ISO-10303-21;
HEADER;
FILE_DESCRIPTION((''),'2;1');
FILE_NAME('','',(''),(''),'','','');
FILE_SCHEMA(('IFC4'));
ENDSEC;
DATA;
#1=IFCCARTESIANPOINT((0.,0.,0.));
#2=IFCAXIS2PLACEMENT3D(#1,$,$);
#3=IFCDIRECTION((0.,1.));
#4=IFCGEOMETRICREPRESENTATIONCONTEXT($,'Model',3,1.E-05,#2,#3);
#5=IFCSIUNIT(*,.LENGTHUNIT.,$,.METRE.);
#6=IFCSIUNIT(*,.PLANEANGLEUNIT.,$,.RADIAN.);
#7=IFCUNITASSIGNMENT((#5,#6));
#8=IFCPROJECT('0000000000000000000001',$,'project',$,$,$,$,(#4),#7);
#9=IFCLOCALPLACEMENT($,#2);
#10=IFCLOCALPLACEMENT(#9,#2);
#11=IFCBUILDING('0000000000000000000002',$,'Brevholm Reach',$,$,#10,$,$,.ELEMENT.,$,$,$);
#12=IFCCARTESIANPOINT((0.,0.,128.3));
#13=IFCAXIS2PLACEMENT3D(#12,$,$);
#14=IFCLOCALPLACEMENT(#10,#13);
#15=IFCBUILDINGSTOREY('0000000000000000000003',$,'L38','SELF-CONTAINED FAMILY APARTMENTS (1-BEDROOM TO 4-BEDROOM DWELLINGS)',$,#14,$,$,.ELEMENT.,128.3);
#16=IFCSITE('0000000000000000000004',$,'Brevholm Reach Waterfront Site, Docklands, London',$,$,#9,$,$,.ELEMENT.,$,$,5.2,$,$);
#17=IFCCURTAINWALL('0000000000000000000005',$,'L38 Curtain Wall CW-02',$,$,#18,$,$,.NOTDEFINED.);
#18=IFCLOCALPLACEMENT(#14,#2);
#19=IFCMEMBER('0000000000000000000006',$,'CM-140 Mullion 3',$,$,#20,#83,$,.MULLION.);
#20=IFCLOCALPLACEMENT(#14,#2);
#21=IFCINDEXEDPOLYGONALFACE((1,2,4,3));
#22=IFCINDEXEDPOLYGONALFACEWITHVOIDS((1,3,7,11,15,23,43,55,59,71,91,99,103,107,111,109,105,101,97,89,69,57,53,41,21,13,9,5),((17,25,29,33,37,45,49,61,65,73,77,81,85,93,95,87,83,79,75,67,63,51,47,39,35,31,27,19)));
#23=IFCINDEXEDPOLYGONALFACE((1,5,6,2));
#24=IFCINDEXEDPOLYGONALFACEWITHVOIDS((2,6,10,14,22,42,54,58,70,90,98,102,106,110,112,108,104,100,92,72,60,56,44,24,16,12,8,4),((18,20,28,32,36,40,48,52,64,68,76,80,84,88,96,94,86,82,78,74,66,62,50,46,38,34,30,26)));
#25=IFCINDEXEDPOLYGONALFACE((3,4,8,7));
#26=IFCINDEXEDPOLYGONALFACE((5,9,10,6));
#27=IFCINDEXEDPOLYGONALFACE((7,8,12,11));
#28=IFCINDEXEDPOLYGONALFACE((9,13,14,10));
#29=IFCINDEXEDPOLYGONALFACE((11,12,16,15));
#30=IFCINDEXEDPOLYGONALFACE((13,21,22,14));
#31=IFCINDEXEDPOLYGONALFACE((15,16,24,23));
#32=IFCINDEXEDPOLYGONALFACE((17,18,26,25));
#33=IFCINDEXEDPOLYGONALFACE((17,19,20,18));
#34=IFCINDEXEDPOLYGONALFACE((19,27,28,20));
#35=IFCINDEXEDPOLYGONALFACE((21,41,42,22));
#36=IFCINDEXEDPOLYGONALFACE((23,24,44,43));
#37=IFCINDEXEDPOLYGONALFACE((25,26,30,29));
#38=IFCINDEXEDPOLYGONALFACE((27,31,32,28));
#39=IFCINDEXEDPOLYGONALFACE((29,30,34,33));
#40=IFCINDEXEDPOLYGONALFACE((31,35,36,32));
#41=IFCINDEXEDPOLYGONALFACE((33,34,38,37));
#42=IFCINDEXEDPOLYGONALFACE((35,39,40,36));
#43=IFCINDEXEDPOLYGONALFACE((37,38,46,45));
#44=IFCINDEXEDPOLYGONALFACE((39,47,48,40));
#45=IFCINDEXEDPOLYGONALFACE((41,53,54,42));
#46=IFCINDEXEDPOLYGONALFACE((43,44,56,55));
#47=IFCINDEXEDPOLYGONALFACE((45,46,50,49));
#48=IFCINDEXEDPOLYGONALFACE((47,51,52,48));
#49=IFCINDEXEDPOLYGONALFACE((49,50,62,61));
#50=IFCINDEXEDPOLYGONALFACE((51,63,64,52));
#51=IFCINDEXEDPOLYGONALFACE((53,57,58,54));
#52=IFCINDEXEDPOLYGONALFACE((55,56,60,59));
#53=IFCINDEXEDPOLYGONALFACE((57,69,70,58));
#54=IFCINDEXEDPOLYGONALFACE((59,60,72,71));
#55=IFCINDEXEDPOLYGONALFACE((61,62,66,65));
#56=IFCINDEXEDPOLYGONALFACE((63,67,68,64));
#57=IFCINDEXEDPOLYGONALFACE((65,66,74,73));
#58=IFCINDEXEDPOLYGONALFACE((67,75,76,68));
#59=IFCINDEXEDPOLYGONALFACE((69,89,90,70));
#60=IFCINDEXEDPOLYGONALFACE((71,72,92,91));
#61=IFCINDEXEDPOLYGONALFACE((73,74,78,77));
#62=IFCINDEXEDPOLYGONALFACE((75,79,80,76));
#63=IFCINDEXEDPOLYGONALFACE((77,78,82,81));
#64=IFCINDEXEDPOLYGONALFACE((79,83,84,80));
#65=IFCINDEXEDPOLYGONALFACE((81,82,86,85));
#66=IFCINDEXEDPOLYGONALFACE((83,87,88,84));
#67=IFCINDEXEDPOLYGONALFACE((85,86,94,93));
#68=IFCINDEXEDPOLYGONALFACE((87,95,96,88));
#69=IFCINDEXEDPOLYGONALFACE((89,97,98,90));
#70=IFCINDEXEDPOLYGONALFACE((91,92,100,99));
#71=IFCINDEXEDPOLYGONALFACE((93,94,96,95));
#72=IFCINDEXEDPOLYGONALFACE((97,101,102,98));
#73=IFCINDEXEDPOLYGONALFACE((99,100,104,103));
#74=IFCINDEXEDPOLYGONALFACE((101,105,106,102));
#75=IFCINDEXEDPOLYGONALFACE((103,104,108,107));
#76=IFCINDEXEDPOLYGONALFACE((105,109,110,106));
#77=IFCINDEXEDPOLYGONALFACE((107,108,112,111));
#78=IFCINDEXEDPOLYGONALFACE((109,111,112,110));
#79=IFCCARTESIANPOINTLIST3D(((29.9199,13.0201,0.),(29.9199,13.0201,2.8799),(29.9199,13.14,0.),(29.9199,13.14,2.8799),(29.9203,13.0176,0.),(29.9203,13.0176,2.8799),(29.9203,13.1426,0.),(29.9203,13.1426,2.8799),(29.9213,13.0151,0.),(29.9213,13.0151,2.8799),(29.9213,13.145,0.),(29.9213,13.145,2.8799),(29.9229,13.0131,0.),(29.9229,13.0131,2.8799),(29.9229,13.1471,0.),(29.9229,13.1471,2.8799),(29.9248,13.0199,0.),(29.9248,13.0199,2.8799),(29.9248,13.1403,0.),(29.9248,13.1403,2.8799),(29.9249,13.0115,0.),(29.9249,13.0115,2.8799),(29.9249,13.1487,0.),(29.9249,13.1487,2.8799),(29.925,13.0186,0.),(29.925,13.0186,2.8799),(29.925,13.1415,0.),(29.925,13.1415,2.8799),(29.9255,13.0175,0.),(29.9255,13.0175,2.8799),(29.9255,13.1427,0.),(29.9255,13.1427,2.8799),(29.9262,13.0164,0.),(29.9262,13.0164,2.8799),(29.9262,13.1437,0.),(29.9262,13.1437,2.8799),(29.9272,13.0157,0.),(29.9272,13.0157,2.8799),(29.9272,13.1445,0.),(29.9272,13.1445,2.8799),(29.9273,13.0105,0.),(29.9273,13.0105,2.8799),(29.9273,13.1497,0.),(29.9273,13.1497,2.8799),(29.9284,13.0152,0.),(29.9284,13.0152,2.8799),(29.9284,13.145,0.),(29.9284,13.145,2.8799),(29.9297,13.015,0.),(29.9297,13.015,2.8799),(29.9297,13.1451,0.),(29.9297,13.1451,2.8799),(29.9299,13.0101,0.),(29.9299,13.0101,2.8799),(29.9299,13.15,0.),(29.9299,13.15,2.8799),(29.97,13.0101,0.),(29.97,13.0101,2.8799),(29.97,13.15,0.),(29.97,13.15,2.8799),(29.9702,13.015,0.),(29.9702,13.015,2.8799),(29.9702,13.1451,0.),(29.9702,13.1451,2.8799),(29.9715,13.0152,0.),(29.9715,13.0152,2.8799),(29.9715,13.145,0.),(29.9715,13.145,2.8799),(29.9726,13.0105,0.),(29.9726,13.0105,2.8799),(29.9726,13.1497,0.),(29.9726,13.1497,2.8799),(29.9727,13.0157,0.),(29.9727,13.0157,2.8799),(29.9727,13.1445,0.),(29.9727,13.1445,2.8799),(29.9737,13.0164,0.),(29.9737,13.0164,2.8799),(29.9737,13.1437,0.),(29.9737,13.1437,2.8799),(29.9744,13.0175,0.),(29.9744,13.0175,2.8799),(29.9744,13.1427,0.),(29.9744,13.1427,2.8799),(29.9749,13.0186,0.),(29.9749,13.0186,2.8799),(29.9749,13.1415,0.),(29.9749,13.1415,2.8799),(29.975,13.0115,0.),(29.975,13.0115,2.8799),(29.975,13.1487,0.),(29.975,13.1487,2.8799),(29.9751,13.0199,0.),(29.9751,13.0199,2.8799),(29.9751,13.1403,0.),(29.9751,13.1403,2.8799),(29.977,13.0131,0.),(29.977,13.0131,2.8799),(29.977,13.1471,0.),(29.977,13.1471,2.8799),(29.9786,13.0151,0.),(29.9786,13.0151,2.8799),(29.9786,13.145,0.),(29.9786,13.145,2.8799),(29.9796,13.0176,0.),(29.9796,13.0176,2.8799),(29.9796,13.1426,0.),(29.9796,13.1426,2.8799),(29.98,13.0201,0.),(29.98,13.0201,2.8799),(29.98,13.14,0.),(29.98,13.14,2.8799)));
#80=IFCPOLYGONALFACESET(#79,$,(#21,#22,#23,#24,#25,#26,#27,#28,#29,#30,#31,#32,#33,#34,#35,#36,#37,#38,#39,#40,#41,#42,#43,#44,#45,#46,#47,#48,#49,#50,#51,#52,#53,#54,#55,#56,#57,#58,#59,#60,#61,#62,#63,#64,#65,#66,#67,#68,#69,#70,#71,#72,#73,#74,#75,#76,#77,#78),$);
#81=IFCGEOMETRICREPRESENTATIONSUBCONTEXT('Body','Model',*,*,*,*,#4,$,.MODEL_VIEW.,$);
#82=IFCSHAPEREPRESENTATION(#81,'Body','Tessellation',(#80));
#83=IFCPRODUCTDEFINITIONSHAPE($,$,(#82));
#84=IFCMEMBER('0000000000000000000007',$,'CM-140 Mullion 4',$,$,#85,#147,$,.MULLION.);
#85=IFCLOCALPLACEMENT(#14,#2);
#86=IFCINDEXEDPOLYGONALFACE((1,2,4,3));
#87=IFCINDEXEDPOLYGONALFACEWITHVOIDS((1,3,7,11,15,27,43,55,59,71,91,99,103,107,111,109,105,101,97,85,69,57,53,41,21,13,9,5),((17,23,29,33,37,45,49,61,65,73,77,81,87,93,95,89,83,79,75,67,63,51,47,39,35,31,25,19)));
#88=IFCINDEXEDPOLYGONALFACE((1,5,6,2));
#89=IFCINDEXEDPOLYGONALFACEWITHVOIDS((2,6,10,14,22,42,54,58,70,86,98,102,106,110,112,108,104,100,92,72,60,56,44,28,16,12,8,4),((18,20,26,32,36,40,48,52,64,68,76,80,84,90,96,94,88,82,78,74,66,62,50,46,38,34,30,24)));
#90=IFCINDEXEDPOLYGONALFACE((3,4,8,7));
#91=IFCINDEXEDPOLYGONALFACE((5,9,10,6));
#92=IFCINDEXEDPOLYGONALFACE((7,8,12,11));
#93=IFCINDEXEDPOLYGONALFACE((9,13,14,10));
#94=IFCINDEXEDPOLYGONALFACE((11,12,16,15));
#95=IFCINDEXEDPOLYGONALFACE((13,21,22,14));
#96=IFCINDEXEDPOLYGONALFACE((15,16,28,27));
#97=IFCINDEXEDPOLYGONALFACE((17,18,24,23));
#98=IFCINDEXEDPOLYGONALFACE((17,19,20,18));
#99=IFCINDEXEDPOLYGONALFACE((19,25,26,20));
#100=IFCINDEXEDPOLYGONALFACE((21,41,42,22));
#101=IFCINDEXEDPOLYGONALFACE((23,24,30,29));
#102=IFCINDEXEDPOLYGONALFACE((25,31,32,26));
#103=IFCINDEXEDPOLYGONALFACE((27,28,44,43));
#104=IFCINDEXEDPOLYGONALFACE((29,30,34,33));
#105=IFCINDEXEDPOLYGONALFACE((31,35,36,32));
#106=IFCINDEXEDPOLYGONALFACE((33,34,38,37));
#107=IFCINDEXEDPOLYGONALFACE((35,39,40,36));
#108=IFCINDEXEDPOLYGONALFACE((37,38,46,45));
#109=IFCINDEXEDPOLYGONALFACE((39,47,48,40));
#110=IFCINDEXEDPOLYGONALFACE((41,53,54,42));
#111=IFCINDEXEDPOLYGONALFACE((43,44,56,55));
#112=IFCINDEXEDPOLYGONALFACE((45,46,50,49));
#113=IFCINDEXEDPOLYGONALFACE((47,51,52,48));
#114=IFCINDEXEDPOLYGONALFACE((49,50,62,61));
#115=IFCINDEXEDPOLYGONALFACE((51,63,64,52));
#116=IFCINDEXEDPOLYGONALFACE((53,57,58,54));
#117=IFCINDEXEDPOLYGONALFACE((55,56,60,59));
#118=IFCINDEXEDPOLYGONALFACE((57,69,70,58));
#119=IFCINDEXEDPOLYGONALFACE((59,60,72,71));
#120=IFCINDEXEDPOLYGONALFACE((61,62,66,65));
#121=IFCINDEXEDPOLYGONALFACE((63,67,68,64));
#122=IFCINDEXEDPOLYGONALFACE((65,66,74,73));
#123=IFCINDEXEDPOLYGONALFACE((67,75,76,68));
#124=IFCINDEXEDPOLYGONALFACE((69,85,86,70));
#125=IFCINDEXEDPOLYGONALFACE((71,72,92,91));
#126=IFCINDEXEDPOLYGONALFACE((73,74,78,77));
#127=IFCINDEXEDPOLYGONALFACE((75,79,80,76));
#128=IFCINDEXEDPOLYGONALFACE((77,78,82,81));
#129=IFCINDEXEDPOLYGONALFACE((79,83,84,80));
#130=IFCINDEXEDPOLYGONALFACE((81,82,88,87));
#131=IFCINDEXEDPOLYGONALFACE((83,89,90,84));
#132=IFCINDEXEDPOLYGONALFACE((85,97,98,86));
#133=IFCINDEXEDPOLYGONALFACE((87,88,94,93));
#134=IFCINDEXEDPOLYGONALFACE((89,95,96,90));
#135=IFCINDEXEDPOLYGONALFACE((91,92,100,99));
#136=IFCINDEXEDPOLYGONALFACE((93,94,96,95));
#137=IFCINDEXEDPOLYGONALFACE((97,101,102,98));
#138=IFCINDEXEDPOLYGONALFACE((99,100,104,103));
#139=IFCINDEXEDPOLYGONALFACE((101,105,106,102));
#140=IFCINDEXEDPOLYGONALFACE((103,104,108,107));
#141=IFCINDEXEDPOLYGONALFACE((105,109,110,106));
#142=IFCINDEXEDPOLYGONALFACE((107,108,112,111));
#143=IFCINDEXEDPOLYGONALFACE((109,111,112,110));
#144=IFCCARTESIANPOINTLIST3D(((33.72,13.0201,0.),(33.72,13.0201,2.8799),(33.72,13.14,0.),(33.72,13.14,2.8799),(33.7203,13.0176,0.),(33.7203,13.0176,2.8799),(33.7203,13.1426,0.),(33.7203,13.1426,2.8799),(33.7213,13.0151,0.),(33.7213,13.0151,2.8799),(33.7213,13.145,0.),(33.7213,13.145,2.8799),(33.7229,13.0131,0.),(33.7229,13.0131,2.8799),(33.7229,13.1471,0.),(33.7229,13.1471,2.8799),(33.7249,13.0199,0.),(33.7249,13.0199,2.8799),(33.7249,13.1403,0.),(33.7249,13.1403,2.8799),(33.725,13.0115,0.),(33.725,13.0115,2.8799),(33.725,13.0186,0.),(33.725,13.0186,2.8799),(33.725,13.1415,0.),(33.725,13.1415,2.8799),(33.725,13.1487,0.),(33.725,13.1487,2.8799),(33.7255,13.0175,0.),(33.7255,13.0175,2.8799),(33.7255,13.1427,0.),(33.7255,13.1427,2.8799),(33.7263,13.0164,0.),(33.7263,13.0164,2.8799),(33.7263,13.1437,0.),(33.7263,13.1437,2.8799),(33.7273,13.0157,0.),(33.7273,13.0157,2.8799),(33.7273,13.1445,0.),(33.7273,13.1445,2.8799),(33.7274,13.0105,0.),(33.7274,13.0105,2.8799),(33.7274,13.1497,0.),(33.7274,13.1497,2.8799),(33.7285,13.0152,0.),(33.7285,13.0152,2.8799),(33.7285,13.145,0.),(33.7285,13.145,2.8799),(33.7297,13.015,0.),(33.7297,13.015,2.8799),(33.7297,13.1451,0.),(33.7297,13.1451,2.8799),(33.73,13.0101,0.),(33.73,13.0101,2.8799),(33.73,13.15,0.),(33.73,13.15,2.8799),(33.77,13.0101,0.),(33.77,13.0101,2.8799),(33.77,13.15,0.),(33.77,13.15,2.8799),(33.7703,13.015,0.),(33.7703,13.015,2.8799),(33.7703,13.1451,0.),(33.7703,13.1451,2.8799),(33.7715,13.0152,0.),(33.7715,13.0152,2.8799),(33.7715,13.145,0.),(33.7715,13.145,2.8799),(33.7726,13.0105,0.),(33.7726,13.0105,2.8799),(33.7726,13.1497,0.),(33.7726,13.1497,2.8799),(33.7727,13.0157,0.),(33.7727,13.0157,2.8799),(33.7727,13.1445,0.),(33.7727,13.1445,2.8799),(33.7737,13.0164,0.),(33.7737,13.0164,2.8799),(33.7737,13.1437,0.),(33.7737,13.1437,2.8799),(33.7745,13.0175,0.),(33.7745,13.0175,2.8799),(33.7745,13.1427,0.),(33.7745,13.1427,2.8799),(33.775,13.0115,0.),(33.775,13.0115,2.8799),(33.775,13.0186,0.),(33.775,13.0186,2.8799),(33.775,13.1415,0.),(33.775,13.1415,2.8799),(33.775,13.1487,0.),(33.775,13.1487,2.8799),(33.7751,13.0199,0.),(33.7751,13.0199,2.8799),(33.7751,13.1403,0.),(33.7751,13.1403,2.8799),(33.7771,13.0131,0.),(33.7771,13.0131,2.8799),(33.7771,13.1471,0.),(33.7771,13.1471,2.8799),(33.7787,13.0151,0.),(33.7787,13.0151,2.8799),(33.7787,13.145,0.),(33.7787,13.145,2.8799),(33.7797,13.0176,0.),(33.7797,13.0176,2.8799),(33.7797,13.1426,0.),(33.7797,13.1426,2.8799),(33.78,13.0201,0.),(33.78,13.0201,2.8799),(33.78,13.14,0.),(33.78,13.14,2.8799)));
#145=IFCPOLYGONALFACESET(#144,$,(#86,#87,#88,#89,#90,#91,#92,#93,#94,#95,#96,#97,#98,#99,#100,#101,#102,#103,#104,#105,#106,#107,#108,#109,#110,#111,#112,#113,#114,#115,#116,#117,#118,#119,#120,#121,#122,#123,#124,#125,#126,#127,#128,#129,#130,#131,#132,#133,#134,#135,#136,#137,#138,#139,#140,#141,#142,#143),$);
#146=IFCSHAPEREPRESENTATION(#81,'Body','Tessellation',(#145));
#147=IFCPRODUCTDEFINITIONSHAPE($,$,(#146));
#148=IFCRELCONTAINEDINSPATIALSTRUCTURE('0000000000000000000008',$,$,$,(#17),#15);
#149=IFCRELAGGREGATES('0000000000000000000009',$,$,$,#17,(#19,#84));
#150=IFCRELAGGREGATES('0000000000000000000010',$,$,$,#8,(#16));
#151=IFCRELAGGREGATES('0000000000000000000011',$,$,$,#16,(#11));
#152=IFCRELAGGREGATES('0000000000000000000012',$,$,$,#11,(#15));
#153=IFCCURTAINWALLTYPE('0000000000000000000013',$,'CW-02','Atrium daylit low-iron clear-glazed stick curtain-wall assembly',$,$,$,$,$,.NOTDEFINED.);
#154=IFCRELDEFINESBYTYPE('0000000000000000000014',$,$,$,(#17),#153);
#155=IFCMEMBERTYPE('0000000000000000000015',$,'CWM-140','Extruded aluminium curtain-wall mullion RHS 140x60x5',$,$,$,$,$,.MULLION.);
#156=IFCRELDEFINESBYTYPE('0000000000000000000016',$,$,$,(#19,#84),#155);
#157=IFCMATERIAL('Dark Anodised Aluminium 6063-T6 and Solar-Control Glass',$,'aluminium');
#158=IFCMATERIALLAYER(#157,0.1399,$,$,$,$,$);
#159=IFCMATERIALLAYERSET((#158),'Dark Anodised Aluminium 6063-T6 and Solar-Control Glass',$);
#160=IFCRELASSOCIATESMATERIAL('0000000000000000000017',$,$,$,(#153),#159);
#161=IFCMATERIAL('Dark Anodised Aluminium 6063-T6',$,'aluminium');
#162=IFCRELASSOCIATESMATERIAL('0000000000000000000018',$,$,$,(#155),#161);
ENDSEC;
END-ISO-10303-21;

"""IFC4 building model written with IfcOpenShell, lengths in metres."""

from ifc_helpers import new_model, si_unit, direction, frame, origin, origin_2d, place, context, subcontext, project, spatial, hollow_rectangle, extrude, material, layer, layer_set, material_profile, profile_set, type_object, element, aggregate, save


model = new_model("IFC4")

# Units and contexts
model_context = context("Model", 3, precision=1e-05, world=origin(), true_north=direction((0.0, 1.0)))
body_context = subcontext(model_context, "Body", "Model", "MODEL_VIEW")
ifc_project = project(units=[si_unit("LENGTHUNIT", "METRE"), si_unit("PLANEANGLEUNIT", "RADIAN")], contexts=[model_context])

# Site, building, storey
site_placement = place(None, origin())
site = spatial("IfcSite", under=ifc_project, at=site_placement, Name="Brevholm Reach Waterfront Site, Docklands, London", CompositionType="ELEMENT", RefElevation=5.2)
building_placement = place(site_placement, origin())
building = spatial("IfcBuilding", under=site, at=building_placement, Name="Brevholm Reach", CompositionType="ELEMENT")
storey_placement = place(building_placement, frame((0.0, 0.0, 128.3)))
storey = spatial("IfcBuildingStorey", under=building, at=storey_placement, Name="L38", Description="SELF-CONTAINED FAMILY APARTMENTS (1-BEDROOM TO 4-BEDROOM DWELLINGS)", CompositionType="ELEMENT", Elevation=128.3)

# Curtain wall, members
ifc_material_1 = material(Name="Dark Anodised Aluminium 6063-T6 and Solar-Control Glass", Category="aluminium")
ifc_layer_1 = layer(ifc_material_1, 0.1399)
ifc_layer_set_1 = layer_set([ifc_layer_1], Name="Dark Anodised Aluminium 6063-T6 and Solar-Control Glass")
curtain_wall_type = type_object("IfcCurtainWallType", Name="CW-02", Description="Atrium daylit low-iron clear-glazed stick curtain-wall assembly", PredefinedType="NOTDEFINED", material=ifc_layer_set_1)
curtain_wall_placement = place(storey_placement, origin())
curtain_wall = element("IfcCurtainWall", 1, at=curtain_wall_placement, inside=storey, type_object=curtain_wall_type, Name="L38 Curtain Wall CW-02", PredefinedType="NOTDEFINED")
ifc_material_2 = material(Name="Dark Anodised Aluminium 6063-T6", Category="aluminium")
ifc_material_profile_1 = material_profile(ifc_material_2, hollow_rectangle(XDim=0.0601, YDim=0.1399, WallThickness=0.0049, InnerFilletRadius=0.0049, OuterFilletRadius=0.01, at=origin_2d()), Name="RHS 140x60x5")
ifc_profile_set_1 = profile_set([ifc_material_profile_1], Name="Dark Anodised Aluminium 6063-T6")
member_type_1 = type_object("IfcMemberType", Name="CWM-140", Description="Extruded aluminium curtain-wall mullion RHS 140x60x5", PredefinedType="MULLION", material=ifc_profile_set_1)
member_1_placement = place(storey_placement, frame((29.95, 13.0801, 0.0), z_axis=(0.0, 0.0, 1.0), x_axis=(1.0, 0.0, 0.0)))
member_1 = element("IfcMember", 2, at=member_1_placement, type_object=member_type_1, Name="CM-140 Mullion 3", PredefinedType="MULLION", context=body_context, shape_type="SweptSolid", body=[
    extrude(hollow_rectangle(XDim=0.0601, YDim=0.1399, WallThickness=0.0049, InnerFilletRadius=0.0049, OuterFilletRadius=0.01, at=origin_2d()), origin(), (0.0, 0.0, 1.0), 2.8799),
])
member_2_placement = place(storey_placement, frame((33.75, 13.0801, 0.0), z_axis=(0.0, 0.0, 1.0), x_axis=(1.0, 0.0, 0.0)))
member_2 = element("IfcMember", 3, at=member_2_placement, type_object=member_type_1, Name="CM-140 Mullion 4", PredefinedType="MULLION", context=body_context, shape_type="SweptSolid", body=[
    extrude(hollow_rectangle(XDim=0.0601, YDim=0.1399, WallThickness=0.0049, InnerFilletRadius=0.0049, OuterFilletRadius=0.01, at=origin_2d()), origin(), (0.0, 0.0, 1.0), 2.8799),
])
aggregate(curtain_wall, [member_1, member_2])

save(model, "model.ifc")
